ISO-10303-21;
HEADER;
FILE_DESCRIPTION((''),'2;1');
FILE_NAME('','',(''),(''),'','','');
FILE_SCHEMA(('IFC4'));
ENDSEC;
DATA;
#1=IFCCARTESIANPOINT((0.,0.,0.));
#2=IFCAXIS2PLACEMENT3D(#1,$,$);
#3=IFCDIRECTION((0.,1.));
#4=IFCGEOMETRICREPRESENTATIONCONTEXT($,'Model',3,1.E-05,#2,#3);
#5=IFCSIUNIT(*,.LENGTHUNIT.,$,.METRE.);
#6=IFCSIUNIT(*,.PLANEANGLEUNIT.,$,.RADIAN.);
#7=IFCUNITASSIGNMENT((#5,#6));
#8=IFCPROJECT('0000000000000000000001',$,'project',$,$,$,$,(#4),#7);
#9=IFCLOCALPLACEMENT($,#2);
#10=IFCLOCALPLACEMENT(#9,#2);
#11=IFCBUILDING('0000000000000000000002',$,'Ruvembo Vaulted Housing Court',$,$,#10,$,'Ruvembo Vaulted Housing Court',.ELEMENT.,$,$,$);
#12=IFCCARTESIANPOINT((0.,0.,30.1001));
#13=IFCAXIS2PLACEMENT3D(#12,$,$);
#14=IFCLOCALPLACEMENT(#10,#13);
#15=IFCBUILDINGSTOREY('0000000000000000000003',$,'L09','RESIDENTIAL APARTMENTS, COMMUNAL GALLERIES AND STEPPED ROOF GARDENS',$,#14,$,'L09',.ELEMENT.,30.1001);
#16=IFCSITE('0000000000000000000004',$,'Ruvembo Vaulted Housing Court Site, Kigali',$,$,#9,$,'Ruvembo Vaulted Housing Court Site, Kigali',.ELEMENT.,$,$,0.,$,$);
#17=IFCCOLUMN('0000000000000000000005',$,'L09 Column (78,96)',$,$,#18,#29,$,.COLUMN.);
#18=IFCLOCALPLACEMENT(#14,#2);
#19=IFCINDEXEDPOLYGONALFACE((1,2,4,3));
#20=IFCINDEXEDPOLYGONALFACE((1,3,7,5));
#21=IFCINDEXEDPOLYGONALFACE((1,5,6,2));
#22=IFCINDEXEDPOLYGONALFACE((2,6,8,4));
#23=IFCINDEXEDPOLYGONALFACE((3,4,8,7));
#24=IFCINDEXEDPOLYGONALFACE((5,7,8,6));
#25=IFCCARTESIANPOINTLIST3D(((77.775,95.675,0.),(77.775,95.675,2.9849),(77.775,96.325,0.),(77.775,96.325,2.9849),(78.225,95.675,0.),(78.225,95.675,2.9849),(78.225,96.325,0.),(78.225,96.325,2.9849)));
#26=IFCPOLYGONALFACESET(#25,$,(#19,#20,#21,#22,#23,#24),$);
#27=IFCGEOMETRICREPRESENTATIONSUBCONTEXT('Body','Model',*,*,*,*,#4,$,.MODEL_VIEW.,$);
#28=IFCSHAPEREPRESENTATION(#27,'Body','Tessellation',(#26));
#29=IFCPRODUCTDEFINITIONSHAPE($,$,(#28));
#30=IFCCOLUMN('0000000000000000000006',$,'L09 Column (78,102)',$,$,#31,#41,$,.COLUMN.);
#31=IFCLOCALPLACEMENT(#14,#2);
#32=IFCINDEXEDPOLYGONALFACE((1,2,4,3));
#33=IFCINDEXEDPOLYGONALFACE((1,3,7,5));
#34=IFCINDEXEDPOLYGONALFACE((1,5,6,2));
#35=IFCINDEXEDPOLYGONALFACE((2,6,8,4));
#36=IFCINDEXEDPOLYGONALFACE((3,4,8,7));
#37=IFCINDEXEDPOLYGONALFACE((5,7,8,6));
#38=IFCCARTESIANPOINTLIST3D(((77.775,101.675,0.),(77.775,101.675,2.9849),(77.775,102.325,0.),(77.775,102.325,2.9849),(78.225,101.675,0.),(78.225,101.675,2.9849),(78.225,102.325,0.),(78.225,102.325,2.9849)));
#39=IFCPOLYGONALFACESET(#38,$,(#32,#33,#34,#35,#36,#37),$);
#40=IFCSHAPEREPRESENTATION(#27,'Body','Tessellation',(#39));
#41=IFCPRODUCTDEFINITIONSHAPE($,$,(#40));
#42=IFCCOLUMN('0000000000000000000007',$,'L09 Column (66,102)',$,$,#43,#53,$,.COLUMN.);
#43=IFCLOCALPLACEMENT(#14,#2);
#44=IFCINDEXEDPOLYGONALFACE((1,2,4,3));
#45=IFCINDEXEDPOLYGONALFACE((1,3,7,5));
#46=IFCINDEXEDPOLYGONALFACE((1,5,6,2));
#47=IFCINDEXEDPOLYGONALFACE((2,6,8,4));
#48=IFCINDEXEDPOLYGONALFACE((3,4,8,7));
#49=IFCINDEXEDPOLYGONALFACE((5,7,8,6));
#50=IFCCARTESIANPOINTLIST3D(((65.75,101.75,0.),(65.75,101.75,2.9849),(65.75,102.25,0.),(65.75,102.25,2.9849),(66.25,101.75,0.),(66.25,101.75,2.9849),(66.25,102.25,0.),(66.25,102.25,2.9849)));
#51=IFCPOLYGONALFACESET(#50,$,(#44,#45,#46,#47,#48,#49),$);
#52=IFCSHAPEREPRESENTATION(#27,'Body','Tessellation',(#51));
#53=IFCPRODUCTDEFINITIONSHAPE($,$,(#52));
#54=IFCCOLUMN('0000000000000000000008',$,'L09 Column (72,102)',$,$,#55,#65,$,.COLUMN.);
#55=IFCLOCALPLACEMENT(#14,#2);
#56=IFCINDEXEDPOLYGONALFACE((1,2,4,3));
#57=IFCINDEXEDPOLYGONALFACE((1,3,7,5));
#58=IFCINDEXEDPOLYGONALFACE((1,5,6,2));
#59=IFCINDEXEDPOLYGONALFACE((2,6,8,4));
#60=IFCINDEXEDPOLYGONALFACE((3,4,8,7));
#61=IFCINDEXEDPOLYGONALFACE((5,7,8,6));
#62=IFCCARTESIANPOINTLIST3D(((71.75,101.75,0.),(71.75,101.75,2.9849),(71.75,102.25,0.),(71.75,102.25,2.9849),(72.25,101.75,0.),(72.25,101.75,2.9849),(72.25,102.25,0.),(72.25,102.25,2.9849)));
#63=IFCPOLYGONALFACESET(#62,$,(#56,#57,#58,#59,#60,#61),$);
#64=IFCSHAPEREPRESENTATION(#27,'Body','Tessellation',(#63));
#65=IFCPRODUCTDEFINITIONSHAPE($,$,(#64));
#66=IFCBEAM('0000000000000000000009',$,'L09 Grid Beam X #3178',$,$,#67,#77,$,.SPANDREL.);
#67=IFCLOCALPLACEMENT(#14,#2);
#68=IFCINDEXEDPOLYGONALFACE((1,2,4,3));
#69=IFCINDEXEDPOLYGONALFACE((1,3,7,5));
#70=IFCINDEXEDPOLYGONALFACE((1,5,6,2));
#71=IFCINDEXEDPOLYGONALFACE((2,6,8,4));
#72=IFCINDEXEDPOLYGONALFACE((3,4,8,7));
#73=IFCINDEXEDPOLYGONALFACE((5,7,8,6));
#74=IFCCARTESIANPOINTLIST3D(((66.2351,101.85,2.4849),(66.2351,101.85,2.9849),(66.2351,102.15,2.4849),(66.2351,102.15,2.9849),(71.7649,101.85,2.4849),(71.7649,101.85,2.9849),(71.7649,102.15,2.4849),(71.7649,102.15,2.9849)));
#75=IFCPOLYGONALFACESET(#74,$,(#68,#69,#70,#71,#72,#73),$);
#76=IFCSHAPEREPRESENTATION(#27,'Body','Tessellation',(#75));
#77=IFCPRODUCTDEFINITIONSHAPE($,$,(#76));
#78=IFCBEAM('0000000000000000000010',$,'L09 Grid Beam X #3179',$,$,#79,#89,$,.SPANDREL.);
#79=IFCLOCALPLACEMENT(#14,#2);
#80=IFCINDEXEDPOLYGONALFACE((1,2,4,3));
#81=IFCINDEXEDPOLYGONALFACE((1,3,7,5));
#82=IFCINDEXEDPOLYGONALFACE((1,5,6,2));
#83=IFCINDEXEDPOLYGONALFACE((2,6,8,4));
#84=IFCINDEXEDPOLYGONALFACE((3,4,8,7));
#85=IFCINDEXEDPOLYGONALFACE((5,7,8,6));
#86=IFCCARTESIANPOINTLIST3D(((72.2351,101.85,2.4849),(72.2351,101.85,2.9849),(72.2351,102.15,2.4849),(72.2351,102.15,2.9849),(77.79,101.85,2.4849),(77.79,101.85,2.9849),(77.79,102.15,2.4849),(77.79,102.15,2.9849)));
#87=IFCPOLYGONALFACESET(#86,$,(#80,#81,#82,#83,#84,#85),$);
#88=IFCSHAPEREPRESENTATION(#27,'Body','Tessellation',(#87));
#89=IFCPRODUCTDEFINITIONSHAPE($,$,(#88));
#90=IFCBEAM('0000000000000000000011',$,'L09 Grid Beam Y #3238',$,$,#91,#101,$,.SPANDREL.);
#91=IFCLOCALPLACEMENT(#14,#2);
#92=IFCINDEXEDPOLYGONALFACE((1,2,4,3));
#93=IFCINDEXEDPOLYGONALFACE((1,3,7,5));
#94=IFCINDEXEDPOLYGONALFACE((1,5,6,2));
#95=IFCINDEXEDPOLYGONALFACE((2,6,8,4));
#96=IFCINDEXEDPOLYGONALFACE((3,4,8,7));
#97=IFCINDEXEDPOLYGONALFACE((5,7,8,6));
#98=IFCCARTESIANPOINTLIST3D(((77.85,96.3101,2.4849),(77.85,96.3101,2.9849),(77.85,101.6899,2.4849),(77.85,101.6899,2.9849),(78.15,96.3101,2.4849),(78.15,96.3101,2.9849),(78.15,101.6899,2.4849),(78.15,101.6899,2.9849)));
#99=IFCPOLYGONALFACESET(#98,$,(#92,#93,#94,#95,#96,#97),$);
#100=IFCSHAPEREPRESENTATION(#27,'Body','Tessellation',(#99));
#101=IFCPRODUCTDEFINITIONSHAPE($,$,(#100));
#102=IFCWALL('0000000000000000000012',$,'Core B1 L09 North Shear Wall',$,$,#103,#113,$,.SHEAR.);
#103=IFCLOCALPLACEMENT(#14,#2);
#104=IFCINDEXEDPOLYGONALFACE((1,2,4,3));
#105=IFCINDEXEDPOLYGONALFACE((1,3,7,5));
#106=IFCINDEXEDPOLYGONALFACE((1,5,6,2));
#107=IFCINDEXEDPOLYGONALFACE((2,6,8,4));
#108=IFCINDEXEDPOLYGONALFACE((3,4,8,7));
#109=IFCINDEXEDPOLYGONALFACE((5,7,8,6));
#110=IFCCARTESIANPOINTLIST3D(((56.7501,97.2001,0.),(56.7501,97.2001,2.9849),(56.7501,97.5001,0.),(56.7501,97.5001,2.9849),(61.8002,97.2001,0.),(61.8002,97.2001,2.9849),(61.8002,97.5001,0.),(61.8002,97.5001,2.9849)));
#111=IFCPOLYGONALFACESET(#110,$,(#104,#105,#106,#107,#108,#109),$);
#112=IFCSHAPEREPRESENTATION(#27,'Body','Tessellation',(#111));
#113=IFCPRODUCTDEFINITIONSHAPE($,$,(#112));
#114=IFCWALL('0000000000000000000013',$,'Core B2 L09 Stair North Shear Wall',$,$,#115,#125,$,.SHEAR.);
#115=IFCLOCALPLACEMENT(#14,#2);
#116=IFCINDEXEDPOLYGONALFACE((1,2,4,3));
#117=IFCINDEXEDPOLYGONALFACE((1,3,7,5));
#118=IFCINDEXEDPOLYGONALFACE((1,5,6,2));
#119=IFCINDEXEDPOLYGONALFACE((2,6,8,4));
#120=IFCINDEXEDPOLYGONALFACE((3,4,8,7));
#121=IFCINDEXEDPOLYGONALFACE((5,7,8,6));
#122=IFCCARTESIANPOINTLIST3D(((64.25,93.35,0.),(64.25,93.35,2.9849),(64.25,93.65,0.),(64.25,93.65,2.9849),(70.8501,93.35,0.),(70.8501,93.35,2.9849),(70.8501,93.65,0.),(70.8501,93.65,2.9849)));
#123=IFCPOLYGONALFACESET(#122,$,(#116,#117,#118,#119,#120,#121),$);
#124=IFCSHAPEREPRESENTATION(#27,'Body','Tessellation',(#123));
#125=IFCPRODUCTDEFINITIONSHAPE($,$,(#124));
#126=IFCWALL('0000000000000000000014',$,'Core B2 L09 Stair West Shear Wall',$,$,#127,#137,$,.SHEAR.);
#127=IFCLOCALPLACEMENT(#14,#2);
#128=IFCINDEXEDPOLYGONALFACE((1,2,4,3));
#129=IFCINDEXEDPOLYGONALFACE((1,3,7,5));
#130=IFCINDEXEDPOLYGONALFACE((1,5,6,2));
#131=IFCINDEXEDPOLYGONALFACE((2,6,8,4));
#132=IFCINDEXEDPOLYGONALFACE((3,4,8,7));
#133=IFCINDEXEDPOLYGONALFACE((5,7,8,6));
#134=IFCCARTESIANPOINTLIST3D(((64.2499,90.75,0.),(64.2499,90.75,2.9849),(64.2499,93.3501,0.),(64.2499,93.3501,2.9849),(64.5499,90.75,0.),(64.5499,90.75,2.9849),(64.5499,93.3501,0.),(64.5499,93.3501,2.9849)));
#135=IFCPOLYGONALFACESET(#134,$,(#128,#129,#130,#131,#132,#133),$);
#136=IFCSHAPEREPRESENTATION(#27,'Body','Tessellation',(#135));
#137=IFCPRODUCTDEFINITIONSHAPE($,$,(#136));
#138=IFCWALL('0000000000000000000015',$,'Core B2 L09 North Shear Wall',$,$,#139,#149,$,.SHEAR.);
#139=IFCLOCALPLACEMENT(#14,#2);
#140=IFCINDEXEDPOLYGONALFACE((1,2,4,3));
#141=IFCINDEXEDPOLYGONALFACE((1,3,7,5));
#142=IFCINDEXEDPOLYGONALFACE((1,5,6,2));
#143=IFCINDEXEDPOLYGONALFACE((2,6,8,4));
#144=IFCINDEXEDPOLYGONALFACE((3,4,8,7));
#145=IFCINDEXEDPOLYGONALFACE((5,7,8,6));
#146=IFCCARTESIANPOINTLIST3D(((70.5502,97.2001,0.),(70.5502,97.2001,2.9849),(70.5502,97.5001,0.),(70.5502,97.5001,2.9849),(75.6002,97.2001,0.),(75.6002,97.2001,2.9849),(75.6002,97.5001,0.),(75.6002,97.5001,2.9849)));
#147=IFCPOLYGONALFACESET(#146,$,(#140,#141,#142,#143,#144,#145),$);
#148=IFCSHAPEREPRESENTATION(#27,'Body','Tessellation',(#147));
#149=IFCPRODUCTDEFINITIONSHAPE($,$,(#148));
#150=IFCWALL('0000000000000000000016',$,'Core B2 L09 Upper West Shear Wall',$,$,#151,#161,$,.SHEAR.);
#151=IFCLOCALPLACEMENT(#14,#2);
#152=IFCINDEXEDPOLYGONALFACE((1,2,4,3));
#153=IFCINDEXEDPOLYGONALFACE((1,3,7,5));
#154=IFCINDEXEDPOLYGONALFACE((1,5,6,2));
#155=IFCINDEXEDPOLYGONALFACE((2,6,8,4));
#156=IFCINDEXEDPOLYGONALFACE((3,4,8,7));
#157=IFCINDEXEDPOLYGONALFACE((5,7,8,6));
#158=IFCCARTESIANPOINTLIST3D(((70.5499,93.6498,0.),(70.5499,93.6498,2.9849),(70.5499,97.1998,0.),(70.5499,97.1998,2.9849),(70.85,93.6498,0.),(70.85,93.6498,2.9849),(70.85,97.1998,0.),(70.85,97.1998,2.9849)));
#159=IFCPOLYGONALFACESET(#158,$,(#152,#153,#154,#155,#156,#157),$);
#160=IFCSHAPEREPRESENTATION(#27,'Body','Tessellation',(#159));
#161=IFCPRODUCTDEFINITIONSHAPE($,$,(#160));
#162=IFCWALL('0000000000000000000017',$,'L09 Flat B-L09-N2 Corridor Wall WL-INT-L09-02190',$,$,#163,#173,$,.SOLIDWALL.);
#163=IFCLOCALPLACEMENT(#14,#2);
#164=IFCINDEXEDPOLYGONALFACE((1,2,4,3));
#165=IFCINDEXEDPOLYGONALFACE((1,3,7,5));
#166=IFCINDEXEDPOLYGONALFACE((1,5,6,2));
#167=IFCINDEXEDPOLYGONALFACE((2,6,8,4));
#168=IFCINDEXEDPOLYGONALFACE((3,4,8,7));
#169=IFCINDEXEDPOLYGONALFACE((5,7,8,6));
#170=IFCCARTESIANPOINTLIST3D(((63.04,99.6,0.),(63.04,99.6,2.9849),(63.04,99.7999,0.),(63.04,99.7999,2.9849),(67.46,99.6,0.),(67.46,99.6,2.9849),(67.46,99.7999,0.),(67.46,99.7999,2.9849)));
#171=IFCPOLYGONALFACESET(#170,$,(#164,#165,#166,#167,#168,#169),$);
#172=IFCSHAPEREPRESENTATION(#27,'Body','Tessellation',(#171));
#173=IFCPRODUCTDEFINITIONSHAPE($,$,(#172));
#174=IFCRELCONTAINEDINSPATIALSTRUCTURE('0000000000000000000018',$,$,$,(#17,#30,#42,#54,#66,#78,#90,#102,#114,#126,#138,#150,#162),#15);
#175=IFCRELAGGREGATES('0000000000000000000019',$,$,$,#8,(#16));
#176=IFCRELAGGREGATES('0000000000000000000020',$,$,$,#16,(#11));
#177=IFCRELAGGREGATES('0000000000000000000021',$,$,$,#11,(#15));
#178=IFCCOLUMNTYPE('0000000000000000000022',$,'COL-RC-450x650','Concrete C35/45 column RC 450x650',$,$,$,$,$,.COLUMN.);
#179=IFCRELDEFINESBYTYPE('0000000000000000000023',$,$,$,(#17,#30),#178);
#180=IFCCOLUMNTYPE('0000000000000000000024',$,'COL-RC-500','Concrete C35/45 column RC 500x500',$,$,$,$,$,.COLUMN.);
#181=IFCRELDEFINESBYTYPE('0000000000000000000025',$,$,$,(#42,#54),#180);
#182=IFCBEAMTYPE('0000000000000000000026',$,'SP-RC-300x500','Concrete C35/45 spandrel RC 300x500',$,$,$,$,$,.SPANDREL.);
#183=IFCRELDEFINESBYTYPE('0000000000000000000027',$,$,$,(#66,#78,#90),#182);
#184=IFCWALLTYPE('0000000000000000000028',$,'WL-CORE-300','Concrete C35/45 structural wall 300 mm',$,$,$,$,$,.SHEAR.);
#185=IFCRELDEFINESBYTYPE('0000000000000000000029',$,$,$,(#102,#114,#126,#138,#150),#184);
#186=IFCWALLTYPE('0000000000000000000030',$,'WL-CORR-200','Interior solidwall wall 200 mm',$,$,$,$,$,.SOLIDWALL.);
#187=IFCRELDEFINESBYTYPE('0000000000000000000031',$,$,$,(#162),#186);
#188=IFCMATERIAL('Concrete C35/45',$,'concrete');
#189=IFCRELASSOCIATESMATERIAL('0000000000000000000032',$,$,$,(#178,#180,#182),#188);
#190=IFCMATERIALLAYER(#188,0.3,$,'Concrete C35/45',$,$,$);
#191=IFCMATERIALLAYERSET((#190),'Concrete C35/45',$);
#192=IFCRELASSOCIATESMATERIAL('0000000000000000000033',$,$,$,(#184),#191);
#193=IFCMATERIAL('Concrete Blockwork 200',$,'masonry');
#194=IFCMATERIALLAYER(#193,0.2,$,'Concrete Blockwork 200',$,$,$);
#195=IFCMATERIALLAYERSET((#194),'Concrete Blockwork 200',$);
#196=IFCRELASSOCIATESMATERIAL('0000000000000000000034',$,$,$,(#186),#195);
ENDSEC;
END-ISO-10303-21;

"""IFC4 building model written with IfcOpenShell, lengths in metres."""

from ifc_helpers import new_model, si_unit, direction, frame, frame_2d, origin, origin_2d, place, context, subcontext, project, spatial, rectangle, extrude, material, layer, layer_set, material_profile, profile_set, type_object, element, save


model = new_model("IFC4")

# Units and contexts
model_context = context("Model", 3, precision=1e-05, world=origin(), true_north=direction((0.0, 1.0)))
body_context = subcontext(model_context, "Body", "Model", "MODEL_VIEW")
ifc_project = project(units=[si_unit("LENGTHUNIT", "METRE"), si_unit("PLANEANGLEUNIT", "RADIAN")], contexts=[model_context])

# Site, building, storey
site_placement = place(None, origin())
site = spatial("IfcSite", under=ifc_project, at=site_placement, Name="Ruvembo Vaulted Housing Court Site, Kigali", LongName="Ruvembo Vaulted Housing Court Site, Kigali", CompositionType="ELEMENT", RefElevation=0.0)
building_placement = place(site_placement, origin())
building = spatial("IfcBuilding", under=site, at=building_placement, Name="Ruvembo Vaulted Housing Court", LongName="Ruvembo Vaulted Housing Court", CompositionType="ELEMENT")
storey_placement = place(building_placement, frame((0.0, 0.0, 30.1001)))
storey = spatial("IfcBuildingStorey", under=building, at=storey_placement, Name="L09", Description="RESIDENTIAL APARTMENTS, COMMUNAL GALLERIES AND STEPPED ROOF GARDENS", LongName="L09", CompositionType="ELEMENT", Elevation=30.1001)

# Columns
ifc_material_1 = material(Name="Concrete C35/45", Category="concrete")
ifc_material_profile_1 = material_profile(ifc_material_1, rectangle(XDim=0.45, YDim=0.6499, at=origin_2d()), Name="RC 450x650")
ifc_profile_set_1 = profile_set([ifc_material_profile_1], Name="Concrete C35/45")
column_type_1 = type_object("IfcColumnType", Name="COL-RC-450x650", Description="Concrete C35/45 column RC 450x650", PredefinedType="COLUMN", material=ifc_profile_set_1)
for number, where, z_axis, x_axis, name in (
    (1, (78.0, 96.0, 0.0), (0.0, 0.0, 1.0), (1.0, 0.0, 0.0), "L09 Column (78,96)"),
    (2, (78.0, 102.0, 0.0), (0.0, 0.0, 1.0), (1.0, 0.0, 0.0), "L09 Column (78,102)"),
):
    element("IfcColumn", number, at=place(storey_placement, frame(where, z_axis=z_axis, x_axis=x_axis)), inside=storey, type_object=column_type_1, Name=name, PredefinedType="COLUMN", context=body_context, shape_type="SweptSolid", body=[
        extrude(rectangle(XDim=0.45, YDim=0.6499, at=origin_2d()), origin(), (0.0, 0.0, 1.0), 2.9849),
    ])
ifc_material_profile_2 = material_profile(ifc_material_1, rectangle(XDim=0.5, YDim=0.5, at=origin_2d()), Name="RC 500x500")
ifc_profile_set_2 = profile_set([ifc_material_profile_2], Name="Concrete C35/45")
column_type_2 = type_object("IfcColumnType", Name="COL-RC-500", Description="Concrete C35/45 column RC 500x500", PredefinedType="COLUMN", material=ifc_profile_set_2)
for number, where, z_axis, x_axis, name in (
    (3, (66.0, 102.0, 0.0), (0.0, 0.0, 1.0), (1.0, 0.0, 0.0), "L09 Column (66,102)"),
    (4, (72.0, 102.0, 0.0), (0.0, 0.0, 1.0), (1.0, 0.0, 0.0), "L09 Column (72,102)"),
):
    element("IfcColumn", number, at=place(storey_placement, frame(where, z_axis=z_axis, x_axis=x_axis)), inside=storey, type_object=column_type_2, Name=name, PredefinedType="COLUMN", context=body_context, shape_type="SweptSolid", body=[
        extrude(rectangle(XDim=0.5, YDim=0.5, at=origin_2d()), origin(), (0.0, 0.0, 1.0), 2.9849),
    ])

# Beams
ifc_material_profile_3 = material_profile(ifc_material_1, rectangle(XDim=0.3, YDim=0.5, at=origin_2d()), Name="RC 300x500")
ifc_profile_set_3 = profile_set([ifc_material_profile_3], Name="Concrete C35/45")
beam_type = type_object("IfcBeamType", Name="SP-RC-300x500", Description="Concrete C35/45 spandrel RC 300x500", PredefinedType="SPANDREL", material=ifc_profile_set_3)
beam_1_placement = place(storey_placement, frame((66.2351, 102.0, 2.7349), z_axis=(1.0, 0.0, 0.0), x_axis=(0.0, 1.0, 0.0)))
element("IfcBeam", 5, at=beam_1_placement, inside=storey, type_object=beam_type, Name="L09 Grid Beam X #3178", PredefinedType="SPANDREL", context=body_context, shape_type="SweptSolid", body=[
    extrude(rectangle(XDim=0.3, YDim=0.5, at=origin_2d()), origin(), (0.0, 0.0, 1.0), 5.5298),
])
beam_2_placement = place(storey_placement, frame((72.2351, 102.0, 2.7349), z_axis=(1.0, 0.0, 0.0), x_axis=(0.0, 1.0, 0.0)))
element("IfcBeam", 6, at=beam_2_placement, inside=storey, type_object=beam_type, Name="L09 Grid Beam X #3179", PredefinedType="SPANDREL", context=body_context, shape_type="SweptSolid", body=[
    extrude(rectangle(XDim=0.3, YDim=0.5, at=origin_2d()), origin(), (0.0, 0.0, 1.0), 5.5549),
])
beam_3_placement = place(storey_placement, frame((78.0, 96.3101, 2.7349), z_axis=(0.0, 1.0, 0.0), x_axis=(-1.0, 0.0, 0.0)))
element("IfcBeam", 7, at=beam_3_placement, inside=storey, type_object=beam_type, Name="L09 Grid Beam Y #3238", PredefinedType="SPANDREL", context=body_context, shape_type="SweptSolid", body=[
    extrude(rectangle(XDim=0.3, YDim=0.5, at=origin_2d()), origin(), (0.0, 0.0, 1.0), 5.3799),
])

# Walls
ifc_layer_1 = layer(ifc_material_1, 0.3, Name="Concrete C35/45")
ifc_layer_set_1 = layer_set([ifc_layer_1], Name="Concrete C35/45")
wall_type_1 = type_object("IfcWallType", Name="WL-CORE-300", Description="Concrete C35/45 structural wall 300 mm", PredefinedType="SHEAR", material=ifc_layer_set_1)
wall_1_placement = place(storey_placement, frame((61.8, 97.3501, 0.0), z_axis=(0.0, 0.0, 1.0), x_axis=(-1.0, 0.0, 0.0)))
element("IfcWall", 8, at=wall_1_placement, inside=storey, type_object=wall_type_1, Name="Core B1 L09 North Shear Wall", PredefinedType="SHEAR", context=body_context, shape_type="SweptSolid", body=[
    extrude(rectangle(XDim=5.05, YDim=0.3, at=frame_2d((2.5249, 0.0))), origin(), (0.0, 0.0, 1.0), 2.9849),
])
wall_2_placement = place(storey_placement, frame((70.8501, 93.5, 0.0), z_axis=(0.0, 0.0, 1.0), x_axis=(-1.0, 0.0, 0.0)))
element("IfcWall", 9, at=wall_2_placement, inside=storey, type_object=wall_type_1, Name="Core B2 L09 Stair North Shear Wall", PredefinedType="SHEAR", context=body_context, shape_type="SweptSolid", body=[
    extrude(rectangle(XDim=6.6001, YDim=0.3, at=frame_2d((3.3, 0.0))), origin(), (0.0, 0.0, 1.0), 2.9849),
])
wall_3_placement = place(storey_placement, frame((64.3999, 93.3501, 0.0), z_axis=(0.0, 0.0, 1.0), x_axis=(0.0, -1.0, 0.0)))
element("IfcWall", 10, at=wall_3_placement, inside=storey, type_object=wall_type_1, Name="Core B2 L09 Stair West Shear Wall", PredefinedType="SHEAR", context=body_context, shape_type="SweptSolid", body=[
    extrude(rectangle(XDim=2.6001, YDim=0.3, at=frame_2d((1.3, 0.0))), origin(), (0.0, 0.0, 1.0), 2.9849),
])
wall_4_placement = place(storey_placement, frame((75.6001, 97.3501, 0.0), z_axis=(0.0, 0.0, 1.0), x_axis=(-1.0, 0.0, 0.0)))
element("IfcWall", 11, at=wall_4_placement, inside=storey, type_object=wall_type_1, Name="Core B2 L09 North Shear Wall", PredefinedType="SHEAR", context=body_context, shape_type="SweptSolid", body=[
    extrude(rectangle(XDim=5.05, YDim=0.3, at=frame_2d((2.5249, 0.0))), origin(), (0.0, 0.0, 1.0), 2.9849),
])
wall_5_placement = place(storey_placement, frame((70.7, 93.6499, 0.0), z_axis=(0.0, 0.0, 1.0), x_axis=(0.0, 1.0, 0.0)))
element("IfcWall", 12, at=wall_5_placement, inside=storey, type_object=wall_type_1, Name="Core B2 L09 Upper West Shear Wall", PredefinedType="SHEAR", context=body_context, shape_type="SweptSolid", body=[
    extrude(rectangle(XDim=3.55, YDim=0.3, at=frame_2d((1.7749, 0.0))), origin(), (0.0, 0.0, 1.0), 2.9849),
])
ifc_material_2 = material(Name="Concrete Blockwork 200", Category="masonry")
ifc_layer_2 = layer(ifc_material_2, 0.2, Name="Concrete Blockwork 200")
ifc_layer_set_2 = layer_set([ifc_layer_2], Name="Concrete Blockwork 200")
wall_type_2 = type_object("IfcWallType", Name="WL-CORR-200", Description="Interior solidwall wall 200 mm", PredefinedType="SOLIDWALL", material=ifc_layer_set_2)
wall_6_placement = place(storey_placement, frame((63.04, 99.7, 0.0), z_axis=(0.0, 0.0, 1.0), x_axis=(1.0, 0.0, 0.0)))
element("IfcWall", 13, at=wall_6_placement, inside=storey, type_object=wall_type_2, Name="L09 Flat B-L09-N2 Corridor Wall WL-INT-L09-02190", PredefinedType="SOLIDWALL", context=body_context, shape_type="SweptSolid", body=[
    extrude(rectangle(XDim=4.4199, YDim=0.2, at=frame_2d((2.21, 0.0))), origin(), (0.0, 0.0, 1.0), 2.9849),
])

save(model, "model.ifc")
